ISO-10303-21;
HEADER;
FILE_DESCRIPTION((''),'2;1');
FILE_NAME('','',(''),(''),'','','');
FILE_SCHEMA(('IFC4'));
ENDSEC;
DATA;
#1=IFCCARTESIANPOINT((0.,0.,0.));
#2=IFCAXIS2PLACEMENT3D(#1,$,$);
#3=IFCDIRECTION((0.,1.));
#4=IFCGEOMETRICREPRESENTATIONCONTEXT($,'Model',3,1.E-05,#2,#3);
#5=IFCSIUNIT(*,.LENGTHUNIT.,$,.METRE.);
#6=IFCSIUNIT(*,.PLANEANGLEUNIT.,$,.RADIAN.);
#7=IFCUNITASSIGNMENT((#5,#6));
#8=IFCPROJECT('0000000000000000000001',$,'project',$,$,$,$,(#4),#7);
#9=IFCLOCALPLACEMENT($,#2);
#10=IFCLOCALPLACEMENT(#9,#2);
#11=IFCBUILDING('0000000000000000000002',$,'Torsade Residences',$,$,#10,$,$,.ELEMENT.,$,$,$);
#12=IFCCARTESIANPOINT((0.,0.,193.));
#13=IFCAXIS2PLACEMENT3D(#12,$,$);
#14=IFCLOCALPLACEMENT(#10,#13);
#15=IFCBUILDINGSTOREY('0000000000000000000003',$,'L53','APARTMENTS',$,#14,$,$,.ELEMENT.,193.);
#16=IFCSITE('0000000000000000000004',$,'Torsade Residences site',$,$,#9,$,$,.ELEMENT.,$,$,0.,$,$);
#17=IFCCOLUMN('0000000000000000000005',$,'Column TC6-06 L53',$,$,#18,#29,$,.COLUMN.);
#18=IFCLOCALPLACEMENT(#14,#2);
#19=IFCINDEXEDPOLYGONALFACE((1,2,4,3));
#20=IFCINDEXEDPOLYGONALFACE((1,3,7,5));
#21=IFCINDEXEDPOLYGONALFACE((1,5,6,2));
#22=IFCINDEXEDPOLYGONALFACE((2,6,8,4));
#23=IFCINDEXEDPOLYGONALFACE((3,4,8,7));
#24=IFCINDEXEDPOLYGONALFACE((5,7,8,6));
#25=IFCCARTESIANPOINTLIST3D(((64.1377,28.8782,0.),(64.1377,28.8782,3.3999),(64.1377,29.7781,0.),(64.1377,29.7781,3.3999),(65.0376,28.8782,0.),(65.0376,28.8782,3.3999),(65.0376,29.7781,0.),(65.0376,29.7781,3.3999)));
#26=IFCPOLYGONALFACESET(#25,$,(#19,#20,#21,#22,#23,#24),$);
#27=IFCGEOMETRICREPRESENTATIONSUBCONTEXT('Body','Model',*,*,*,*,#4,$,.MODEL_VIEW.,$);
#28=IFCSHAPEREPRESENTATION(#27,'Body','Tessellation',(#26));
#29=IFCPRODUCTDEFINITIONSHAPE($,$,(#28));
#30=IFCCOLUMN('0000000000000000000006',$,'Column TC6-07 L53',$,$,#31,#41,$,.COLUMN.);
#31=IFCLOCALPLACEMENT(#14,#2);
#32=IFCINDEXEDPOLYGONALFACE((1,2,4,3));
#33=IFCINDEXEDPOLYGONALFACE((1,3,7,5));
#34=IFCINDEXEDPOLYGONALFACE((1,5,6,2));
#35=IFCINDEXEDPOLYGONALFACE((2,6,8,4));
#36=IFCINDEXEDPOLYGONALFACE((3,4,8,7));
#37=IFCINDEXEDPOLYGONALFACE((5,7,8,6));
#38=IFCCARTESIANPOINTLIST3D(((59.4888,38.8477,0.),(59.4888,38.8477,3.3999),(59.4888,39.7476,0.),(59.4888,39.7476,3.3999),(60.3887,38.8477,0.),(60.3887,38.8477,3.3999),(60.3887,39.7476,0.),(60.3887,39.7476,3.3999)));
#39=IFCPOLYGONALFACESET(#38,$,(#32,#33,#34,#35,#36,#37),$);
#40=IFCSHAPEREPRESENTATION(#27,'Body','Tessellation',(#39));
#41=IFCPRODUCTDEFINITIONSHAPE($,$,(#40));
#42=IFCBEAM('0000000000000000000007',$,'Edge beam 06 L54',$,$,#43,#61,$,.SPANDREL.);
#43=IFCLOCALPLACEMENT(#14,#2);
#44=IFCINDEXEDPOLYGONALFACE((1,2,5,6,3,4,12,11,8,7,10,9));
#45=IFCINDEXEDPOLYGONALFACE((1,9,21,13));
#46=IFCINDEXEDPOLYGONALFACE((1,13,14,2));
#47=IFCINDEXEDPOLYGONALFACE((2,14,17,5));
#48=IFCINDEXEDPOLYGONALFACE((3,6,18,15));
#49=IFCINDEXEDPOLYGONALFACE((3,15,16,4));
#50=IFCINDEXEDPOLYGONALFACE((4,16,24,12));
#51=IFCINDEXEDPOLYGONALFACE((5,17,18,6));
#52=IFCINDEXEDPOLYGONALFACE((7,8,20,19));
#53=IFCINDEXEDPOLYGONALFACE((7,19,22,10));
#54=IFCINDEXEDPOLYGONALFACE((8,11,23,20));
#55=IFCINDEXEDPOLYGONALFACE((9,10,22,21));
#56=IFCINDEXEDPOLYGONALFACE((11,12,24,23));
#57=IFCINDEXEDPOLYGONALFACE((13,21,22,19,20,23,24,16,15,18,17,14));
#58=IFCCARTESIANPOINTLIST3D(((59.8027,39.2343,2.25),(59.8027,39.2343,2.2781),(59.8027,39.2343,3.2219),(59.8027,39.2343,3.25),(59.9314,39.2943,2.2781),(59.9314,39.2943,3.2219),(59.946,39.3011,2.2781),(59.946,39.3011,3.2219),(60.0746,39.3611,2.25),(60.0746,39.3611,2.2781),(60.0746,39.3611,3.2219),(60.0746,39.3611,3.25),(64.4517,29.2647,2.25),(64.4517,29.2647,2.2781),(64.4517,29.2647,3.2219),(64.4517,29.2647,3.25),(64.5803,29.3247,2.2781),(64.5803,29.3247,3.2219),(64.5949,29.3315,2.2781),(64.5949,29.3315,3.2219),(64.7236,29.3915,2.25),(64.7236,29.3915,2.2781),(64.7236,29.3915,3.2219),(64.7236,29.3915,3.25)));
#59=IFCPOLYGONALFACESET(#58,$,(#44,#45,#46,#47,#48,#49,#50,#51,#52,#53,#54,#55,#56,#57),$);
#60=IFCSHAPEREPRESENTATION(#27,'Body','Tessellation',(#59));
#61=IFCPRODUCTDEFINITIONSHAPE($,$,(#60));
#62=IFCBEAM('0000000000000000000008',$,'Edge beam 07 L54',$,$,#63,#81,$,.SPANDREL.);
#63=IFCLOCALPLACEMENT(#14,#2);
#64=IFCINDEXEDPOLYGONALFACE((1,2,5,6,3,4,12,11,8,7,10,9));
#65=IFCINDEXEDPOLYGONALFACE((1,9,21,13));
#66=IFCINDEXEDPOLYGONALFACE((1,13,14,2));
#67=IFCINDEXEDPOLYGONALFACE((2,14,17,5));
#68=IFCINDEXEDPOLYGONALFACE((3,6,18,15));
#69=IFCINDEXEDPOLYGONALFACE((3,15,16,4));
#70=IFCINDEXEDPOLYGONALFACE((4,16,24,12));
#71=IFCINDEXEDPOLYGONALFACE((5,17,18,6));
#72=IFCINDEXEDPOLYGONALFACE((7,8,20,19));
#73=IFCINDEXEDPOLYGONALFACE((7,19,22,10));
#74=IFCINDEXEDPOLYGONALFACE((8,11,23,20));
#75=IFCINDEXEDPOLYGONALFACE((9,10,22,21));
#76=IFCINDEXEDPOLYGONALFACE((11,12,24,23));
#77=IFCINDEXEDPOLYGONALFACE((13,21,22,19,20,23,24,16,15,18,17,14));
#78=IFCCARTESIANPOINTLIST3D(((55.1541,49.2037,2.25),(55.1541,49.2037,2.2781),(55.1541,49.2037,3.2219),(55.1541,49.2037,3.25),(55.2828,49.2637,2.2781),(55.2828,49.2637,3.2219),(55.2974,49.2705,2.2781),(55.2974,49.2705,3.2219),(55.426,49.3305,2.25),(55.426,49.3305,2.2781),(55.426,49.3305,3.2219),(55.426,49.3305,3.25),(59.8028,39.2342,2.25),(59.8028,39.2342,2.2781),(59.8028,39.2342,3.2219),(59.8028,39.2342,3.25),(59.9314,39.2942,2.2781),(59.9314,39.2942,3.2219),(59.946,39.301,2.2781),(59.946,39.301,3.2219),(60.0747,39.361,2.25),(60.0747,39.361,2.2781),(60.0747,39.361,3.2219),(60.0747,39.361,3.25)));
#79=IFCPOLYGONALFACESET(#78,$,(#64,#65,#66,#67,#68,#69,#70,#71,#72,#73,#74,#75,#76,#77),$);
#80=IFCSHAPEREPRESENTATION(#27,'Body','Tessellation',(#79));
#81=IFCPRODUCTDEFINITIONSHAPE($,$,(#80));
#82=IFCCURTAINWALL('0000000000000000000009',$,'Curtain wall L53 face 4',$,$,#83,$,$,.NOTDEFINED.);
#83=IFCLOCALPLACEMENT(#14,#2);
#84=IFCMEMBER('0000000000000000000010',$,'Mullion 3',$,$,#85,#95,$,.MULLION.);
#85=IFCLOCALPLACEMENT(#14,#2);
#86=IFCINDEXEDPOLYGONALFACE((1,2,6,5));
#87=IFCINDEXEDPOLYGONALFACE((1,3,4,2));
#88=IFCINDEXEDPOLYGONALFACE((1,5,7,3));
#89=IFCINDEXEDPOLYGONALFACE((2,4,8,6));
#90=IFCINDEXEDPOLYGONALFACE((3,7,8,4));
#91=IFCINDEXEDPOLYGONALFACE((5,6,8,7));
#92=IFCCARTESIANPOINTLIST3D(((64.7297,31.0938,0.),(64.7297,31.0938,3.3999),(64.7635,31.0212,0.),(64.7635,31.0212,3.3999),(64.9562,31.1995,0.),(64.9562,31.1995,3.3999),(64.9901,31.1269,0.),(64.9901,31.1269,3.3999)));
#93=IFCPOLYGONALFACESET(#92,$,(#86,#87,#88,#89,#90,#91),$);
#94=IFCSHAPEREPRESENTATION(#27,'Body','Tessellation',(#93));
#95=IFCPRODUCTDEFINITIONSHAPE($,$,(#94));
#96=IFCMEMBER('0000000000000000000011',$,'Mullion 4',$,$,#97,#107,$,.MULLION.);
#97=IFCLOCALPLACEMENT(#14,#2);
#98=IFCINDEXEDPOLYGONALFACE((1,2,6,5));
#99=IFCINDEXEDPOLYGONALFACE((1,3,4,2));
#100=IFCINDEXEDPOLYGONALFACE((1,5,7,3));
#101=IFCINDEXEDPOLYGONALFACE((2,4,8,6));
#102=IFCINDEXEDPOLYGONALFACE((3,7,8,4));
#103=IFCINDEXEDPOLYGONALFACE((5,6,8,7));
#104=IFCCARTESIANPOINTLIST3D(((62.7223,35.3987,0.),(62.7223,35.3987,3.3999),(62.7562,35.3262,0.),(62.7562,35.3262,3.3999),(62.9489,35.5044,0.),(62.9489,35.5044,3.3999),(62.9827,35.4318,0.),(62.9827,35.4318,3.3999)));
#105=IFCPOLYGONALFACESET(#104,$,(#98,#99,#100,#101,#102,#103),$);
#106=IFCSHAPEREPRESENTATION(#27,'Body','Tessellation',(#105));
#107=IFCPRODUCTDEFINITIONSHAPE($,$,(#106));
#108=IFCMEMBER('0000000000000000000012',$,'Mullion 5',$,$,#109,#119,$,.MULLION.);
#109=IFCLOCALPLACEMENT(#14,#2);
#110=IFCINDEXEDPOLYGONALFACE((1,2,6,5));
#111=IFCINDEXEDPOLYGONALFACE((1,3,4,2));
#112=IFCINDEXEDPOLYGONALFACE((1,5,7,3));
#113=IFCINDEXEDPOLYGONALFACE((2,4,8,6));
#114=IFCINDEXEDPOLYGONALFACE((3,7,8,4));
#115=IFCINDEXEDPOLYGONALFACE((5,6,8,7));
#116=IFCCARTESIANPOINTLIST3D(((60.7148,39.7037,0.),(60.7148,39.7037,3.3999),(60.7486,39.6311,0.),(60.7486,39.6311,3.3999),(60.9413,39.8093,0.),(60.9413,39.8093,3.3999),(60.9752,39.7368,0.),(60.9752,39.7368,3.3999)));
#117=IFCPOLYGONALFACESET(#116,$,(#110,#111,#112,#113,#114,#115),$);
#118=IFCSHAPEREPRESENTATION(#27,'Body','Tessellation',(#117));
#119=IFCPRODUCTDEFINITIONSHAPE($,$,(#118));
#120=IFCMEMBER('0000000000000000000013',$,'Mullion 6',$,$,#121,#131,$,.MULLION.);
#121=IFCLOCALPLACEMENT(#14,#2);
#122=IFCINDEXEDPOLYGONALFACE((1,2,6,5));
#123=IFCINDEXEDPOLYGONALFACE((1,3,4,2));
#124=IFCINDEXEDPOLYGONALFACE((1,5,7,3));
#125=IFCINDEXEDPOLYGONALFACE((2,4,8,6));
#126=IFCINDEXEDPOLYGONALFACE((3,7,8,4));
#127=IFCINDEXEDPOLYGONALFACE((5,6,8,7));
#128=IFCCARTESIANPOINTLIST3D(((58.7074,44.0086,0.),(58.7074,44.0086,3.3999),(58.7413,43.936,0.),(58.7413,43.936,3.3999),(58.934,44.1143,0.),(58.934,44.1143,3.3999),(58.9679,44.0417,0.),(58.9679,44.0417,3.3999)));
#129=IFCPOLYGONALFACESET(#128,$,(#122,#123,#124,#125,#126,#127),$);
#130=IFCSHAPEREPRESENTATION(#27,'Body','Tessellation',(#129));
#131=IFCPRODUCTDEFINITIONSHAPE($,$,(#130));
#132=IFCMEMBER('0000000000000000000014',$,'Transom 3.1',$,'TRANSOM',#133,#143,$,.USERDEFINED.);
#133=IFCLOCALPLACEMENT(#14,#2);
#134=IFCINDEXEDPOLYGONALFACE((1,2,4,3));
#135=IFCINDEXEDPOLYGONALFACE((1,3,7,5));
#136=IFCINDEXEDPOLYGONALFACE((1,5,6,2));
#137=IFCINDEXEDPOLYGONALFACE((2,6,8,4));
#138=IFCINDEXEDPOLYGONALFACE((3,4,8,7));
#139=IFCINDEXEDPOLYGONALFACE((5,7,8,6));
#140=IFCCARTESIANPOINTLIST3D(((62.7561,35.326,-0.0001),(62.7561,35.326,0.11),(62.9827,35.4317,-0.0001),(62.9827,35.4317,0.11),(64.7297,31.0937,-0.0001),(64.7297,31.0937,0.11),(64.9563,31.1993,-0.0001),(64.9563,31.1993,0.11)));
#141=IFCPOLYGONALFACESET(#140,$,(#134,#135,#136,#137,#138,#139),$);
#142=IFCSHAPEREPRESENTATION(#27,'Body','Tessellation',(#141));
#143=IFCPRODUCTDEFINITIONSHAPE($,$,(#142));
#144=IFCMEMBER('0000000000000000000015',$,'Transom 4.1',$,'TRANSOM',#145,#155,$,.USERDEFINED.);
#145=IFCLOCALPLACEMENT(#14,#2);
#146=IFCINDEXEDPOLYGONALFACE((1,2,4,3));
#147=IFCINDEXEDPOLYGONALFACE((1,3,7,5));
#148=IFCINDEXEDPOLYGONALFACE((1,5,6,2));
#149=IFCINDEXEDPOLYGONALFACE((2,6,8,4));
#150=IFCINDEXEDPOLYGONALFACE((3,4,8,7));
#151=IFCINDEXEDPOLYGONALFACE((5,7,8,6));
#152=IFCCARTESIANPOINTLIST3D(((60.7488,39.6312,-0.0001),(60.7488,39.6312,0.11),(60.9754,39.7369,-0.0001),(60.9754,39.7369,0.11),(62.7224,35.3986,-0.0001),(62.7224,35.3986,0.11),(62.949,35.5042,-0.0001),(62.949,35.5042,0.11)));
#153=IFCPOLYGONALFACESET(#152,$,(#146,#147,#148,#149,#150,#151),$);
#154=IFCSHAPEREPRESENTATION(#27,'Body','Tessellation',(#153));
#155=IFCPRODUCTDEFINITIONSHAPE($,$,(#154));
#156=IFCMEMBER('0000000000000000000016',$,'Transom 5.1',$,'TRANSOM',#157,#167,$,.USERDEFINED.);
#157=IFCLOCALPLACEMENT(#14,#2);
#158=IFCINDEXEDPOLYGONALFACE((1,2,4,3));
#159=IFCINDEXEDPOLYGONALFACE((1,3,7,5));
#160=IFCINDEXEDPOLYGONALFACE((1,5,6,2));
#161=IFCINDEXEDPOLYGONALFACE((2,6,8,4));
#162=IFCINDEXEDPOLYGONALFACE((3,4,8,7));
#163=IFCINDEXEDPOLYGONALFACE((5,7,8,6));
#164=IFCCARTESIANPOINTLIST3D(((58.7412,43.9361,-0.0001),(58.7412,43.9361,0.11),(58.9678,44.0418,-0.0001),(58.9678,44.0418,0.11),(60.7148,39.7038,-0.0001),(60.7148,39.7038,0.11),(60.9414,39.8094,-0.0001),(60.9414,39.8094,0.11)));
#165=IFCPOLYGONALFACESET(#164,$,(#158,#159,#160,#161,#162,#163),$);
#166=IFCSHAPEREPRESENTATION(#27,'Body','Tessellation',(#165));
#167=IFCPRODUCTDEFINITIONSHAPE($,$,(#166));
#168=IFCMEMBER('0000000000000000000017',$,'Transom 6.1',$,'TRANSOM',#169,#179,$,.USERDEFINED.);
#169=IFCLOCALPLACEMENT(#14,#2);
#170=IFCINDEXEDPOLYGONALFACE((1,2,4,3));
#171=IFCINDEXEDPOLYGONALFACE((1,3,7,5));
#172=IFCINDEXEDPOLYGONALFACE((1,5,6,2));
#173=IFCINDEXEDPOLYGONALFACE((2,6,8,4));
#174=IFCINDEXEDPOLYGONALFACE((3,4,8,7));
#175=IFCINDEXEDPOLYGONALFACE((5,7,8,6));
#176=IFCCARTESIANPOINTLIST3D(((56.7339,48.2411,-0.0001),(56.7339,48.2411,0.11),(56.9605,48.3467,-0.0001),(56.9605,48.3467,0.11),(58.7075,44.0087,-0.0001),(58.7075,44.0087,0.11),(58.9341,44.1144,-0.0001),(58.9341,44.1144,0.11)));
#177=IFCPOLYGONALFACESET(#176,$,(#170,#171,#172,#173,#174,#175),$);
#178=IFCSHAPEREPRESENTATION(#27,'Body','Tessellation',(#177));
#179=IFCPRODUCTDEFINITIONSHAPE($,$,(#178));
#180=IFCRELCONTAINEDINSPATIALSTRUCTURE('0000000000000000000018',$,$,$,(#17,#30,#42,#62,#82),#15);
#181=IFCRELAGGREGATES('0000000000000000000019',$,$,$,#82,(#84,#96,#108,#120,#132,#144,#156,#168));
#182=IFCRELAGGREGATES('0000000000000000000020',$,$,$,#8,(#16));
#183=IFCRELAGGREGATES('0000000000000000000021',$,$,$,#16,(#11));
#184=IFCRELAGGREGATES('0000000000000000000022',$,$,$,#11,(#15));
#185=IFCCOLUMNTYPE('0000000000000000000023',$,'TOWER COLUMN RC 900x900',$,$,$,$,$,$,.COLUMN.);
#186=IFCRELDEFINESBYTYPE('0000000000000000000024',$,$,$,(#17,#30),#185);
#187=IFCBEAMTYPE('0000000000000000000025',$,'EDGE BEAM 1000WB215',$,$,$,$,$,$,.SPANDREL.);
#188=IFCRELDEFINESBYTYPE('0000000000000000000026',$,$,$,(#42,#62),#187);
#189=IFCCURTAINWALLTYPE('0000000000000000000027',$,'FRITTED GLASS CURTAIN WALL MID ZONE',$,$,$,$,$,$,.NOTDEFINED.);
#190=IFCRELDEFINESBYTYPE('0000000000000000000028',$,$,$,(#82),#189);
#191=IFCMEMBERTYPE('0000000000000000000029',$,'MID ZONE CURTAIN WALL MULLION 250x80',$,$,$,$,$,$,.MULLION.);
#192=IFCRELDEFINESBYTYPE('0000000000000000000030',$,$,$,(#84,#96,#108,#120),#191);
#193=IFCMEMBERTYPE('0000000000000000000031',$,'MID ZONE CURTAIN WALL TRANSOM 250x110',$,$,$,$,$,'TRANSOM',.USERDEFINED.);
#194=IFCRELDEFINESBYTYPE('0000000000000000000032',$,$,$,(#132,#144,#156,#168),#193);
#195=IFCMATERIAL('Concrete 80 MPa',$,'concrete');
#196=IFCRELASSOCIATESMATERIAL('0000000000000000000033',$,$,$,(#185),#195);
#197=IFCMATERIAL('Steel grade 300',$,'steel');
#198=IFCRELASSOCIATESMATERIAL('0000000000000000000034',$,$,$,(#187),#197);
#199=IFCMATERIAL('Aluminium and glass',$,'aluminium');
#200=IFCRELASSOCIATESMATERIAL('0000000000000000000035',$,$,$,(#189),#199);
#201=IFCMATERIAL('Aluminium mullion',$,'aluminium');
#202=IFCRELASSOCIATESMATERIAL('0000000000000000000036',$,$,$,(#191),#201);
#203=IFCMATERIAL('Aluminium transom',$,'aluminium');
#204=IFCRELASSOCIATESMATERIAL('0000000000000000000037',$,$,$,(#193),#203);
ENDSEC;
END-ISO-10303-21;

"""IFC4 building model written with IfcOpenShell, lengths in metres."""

from ifc_helpers import new_model, si_unit, direction, frame, origin, origin_2d, place, context, subcontext, project, spatial, rectangle, i_section, extrude, material, material_profile, profile_set, type_object, element, aggregate, save


model = new_model("IFC4")

# Units and contexts
model_context = context("Model", 3, precision=1e-05, world=origin(), true_north=direction((0.0, 1.0)))
body_context = subcontext(model_context, "Body", "Model", "MODEL_VIEW")
ifc_project = project(units=[si_unit("LENGTHUNIT", "METRE"), si_unit("PLANEANGLEUNIT", "RADIAN")], contexts=[model_context])

# Site, building, storey
site_placement = place(None, origin())
site = spatial("IfcSite", under=ifc_project, at=site_placement, Name="Torsade Residences site", CompositionType="ELEMENT", RefElevation=0.0)
building_placement = place(site_placement, origin())
building = spatial("IfcBuilding", under=site, at=building_placement, Name="Torsade Residences", CompositionType="ELEMENT")
storey_placement = place(building_placement, frame((0.0, 0.0, 193.0)))
storey = spatial("IfcBuildingStorey", under=building, at=storey_placement, Name="L53", Description="APARTMENTS", CompositionType="ELEMENT", Elevation=193.0)

# Columns
ifc_material_1 = material(Name="Concrete 80 MPa", Category="concrete")
ifc_material_profile_1 = material_profile(ifc_material_1, rectangle(XDim=0.8999, YDim=0.8999, at=origin_2d()), Name="RC 900x900")
ifc_profile_set_1 = profile_set([ifc_material_profile_1], Name="Concrete 80 MPa")
column_type = type_object("IfcColumnType", Name="TOWER COLUMN RC 900x900", PredefinedType="COLUMN", material=ifc_profile_set_1)
for number, where, z_axis, x_axis, name in (
    (1, (64.5876, 29.3281, 0.0), (0.0, 0.0, 1.0), (1.0, 0.0, 0.0), "Column TC6-06 L53"),
    (2, (59.9387, 39.2976, 0.0), (0.0, 0.0, 1.0), (1.0, 0.0, 0.0), "Column TC6-07 L53"),
):
    element("IfcColumn", number, at=place(storey_placement, frame(where, z_axis=z_axis, x_axis=x_axis)), inside=storey, type_object=column_type, Name=name, PredefinedType="COLUMN", context=body_context, shape_type="SweptSolid", body=[
        extrude(rectangle(XDim=0.8999, YDim=0.8999, at=origin_2d()), origin(), (0.0, 0.0, 1.0), 3.3999),
    ])

# Beams
ifc_material_2 = material(Name="Steel grade 300", Category="steel")
ifc_material_profile_2 = material_profile(ifc_material_2, i_section(OverallWidth=0.3, OverallDepth=1.0, WebThickness=0.0161, FlangeThickness=0.0281, at=origin_2d()), Name="1000WB215")
ifc_profile_set_2 = profile_set([ifc_material_profile_2], Name="Steel grade 300")
beam_type_1 = type_object("IfcBeamType", Name="EDGE BEAM 1000WB215", PredefinedType="SPANDREL", material=ifc_profile_set_2)
beam_1_placement = place(storey_placement, frame((64.5876, 29.3281, 2.75), z_axis=(-0.422624, 0.906305, 0.0), x_axis=(-0.906305, -0.422624, 0.0)))
element("IfcBeam", 3, at=beam_1_placement, inside=storey, type_object=beam_type_1, Name="Edge beam 06 L54", PredefinedType="SPANDREL", context=body_context, shape_type="SweptSolid", body=[
    extrude(i_section(OverallWidth=0.3, OverallDepth=1.0, WebThickness=0.0161, FlangeThickness=0.0281, at=origin_2d()), origin(), (0.0, 0.0, 1.0), 11.0002),
])
beam_2_placement = place(storey_placement, frame((59.9387, 39.2976, 2.75), z_axis=(-0.422606, 0.906314, 0.0), x_axis=(-0.906314, -0.422606, 0.0)))
element("IfcBeam", 4, at=beam_2_placement, inside=storey, type_object=beam_type_1, Name="Edge beam 07 L54", PredefinedType="SPANDREL", context=body_context, shape_type="SweptSolid", body=[
    extrude(i_section(OverallWidth=0.3, OverallDepth=1.0, WebThickness=0.0161, FlangeThickness=0.0281, at=origin_2d()), origin(), (0.0, 0.0, 1.0), 11.0),
])

# Curtain wall, members
ifc_material_3 = material(Name="Aluminium and glass", Category="aluminium")
curtain_wall_type = type_object("IfcCurtainWallType", Name="FRITTED GLASS CURTAIN WALL MID ZONE", PredefinedType="NOTDEFINED", material=ifc_material_3)
curtain_wall_placement = place(storey_placement, origin())
curtain_wall = element("IfcCurtainWall", 5, at=curtain_wall_placement, inside=storey, type_object=curtain_wall_type, Name="Curtain wall L53 face 4", PredefinedType="NOTDEFINED")
ifc_material_4 = material(Name="Aluminium mullion", Category="aluminium")
ifc_material_profile_3 = material_profile(ifc_material_4, rectangle(XDim=0.25, YDim=0.0801, at=origin_2d()), Name="MID ZONE CURTAIN WALL MULLION 250x80")
ifc_profile_set_3 = profile_set([ifc_material_profile_3], Name="Aluminium mullion")
member_type_1 = type_object("IfcMemberType", Name="MID ZONE CURTAIN WALL MULLION 250x80", PredefinedType="MULLION", material=ifc_profile_set_3)
member_1_placement = place(storey_placement, frame((64.8599, 31.1104, 0.0), z_axis=(0.0, 0.0, 1.0), x_axis=(-0.906308, -0.422618, 0.0)))
member_1 = element("IfcMember", 6, at=member_1_placement, type_object=member_type_1, Name="Mullion 3", PredefinedType="MULLION", context=body_context, shape_type="SweptSolid", body=[
    extrude(rectangle(XDim=0.25, YDim=0.0801, at=origin_2d()), origin(), (0.0, 0.0, 1.0), 3.3999),
])
member_2_placement = place(storey_placement, frame((62.8525, 35.4153, 0.0), z_axis=(0.0, 0.0, 1.0), x_axis=(-0.906308, -0.422618, 0.0)))
member_2 = element("IfcMember", 7, at=member_2_placement, type_object=member_type_1, Name="Mullion 4", PredefinedType="MULLION", context=body_context, shape_type="SweptSolid", body=[
    extrude(rectangle(XDim=0.25, YDim=0.0801, at=origin_2d()), origin(), (0.0, 0.0, 1.0), 3.3999),
])
member_3_placement = place(storey_placement, frame((60.845, 39.7202, 0.0), z_axis=(0.0, 0.0, 1.0), x_axis=(-0.906308, -0.422618, 0.0)))
member_3 = element("IfcMember", 8, at=member_3_placement, type_object=member_type_1, Name="Mullion 5", PredefinedType="MULLION", context=body_context, shape_type="SweptSolid", body=[
    extrude(rectangle(XDim=0.25, YDim=0.0801, at=origin_2d()), origin(), (0.0, 0.0, 1.0), 3.3999),
])
member_4_placement = place(storey_placement, frame((58.8376, 44.0251, 0.0), z_axis=(0.0, 0.0, 1.0), x_axis=(-0.906308, -0.422618, 0.0)))
member_4 = element("IfcMember", 9, at=member_4_placement, type_object=member_type_1, Name="Mullion 6", PredefinedType="MULLION", context=body_context, shape_type="SweptSolid", body=[
    extrude(rectangle(XDim=0.25, YDim=0.0801, at=origin_2d()), origin(), (0.0, 0.0, 1.0), 3.3999),
])
ifc_material_5 = material(Name="Aluminium transom", Category="aluminium")
ifc_material_profile_4 = material_profile(ifc_material_5, rectangle(XDim=0.25, YDim=0.1101, at=origin_2d()), Name="MID ZONE CURTAIN WALL TRANSOM 250x110")
ifc_profile_set_4 = profile_set([ifc_material_profile_4], Name="Aluminium transom")
member_type_2 = type_object("IfcMemberType", Name="MID ZONE CURTAIN WALL TRANSOM 250x110", ElementType="TRANSOM", PredefinedType="USERDEFINED", material=ifc_profile_set_4)
member_5_placement = place(storey_placement, frame((64.843, 31.1465, 0.0549), z_axis=(-0.422622, 0.906306, 0.0), x_axis=(-0.906306, -0.422622, 0.0)))
member_5 = element("IfcMember", 10, at=member_5_placement, type_object=member_type_2, Name="Transom 3.1", ObjectType="TRANSOM", PredefinedType="USERDEFINED", context=body_context, shape_type="SweptSolid", body=[
    extrude(rectangle(XDim=0.25, YDim=0.1101, at=origin_2d()), origin(), (0.0, 0.0, 1.0), 4.6699),
])
member_6_placement = place(storey_placement, frame((62.8357, 35.4514, 0.0549), z_axis=(-0.422602, 0.906315, 0.0), x_axis=(-0.906315, -0.422602, 0.0)))
member_6 = element("IfcMember", 11, at=member_6_placement, type_object=member_type_2, Name="Transom 4.1", ObjectType="TRANSOM", PredefinedType="USERDEFINED", context=body_context, shape_type="SweptSolid", body=[
    extrude(rectangle(XDim=0.25, YDim=0.1101, at=origin_2d()), origin(), (0.0, 0.0, 1.0), 4.6702),
])
member_7_placement = place(storey_placement, frame((60.8281, 39.7566, 0.0549), z_axis=(-0.422622, 0.906306, 0.0), x_axis=(-0.906306, -0.422622, 0.0)))
member_7 = element("IfcMember", 12, at=member_7_placement, type_object=member_type_2, Name="Transom 5.1", ObjectType="TRANSOM", PredefinedType="USERDEFINED", context=body_context, shape_type="SweptSolid", body=[
    extrude(rectangle(XDim=0.25, YDim=0.1101, at=origin_2d()), origin(), (0.0, 0.0, 1.0), 4.6699),
])
member_8_placement = place(storey_placement, frame((58.8208, 44.0615, 0.0549), z_axis=(-0.422622, 0.906306, 0.0), x_axis=(-0.906306, -0.422622, 0.0)))
member_8 = element("IfcMember", 13, at=member_8_placement, type_object=member_type_2, Name="Transom 6.1", ObjectType="TRANSOM", PredefinedType="USERDEFINED", context=body_context, shape_type="SweptSolid", body=[
    extrude(rectangle(XDim=0.25, YDim=0.1101, at=origin_2d()), origin(), (0.0, 0.0, 1.0), 4.6699),
])

aggregate(curtain_wall, [member_1, member_2, member_3, member_4, member_5, member_6, member_7, member_8])

save(model, "model.ifc")
